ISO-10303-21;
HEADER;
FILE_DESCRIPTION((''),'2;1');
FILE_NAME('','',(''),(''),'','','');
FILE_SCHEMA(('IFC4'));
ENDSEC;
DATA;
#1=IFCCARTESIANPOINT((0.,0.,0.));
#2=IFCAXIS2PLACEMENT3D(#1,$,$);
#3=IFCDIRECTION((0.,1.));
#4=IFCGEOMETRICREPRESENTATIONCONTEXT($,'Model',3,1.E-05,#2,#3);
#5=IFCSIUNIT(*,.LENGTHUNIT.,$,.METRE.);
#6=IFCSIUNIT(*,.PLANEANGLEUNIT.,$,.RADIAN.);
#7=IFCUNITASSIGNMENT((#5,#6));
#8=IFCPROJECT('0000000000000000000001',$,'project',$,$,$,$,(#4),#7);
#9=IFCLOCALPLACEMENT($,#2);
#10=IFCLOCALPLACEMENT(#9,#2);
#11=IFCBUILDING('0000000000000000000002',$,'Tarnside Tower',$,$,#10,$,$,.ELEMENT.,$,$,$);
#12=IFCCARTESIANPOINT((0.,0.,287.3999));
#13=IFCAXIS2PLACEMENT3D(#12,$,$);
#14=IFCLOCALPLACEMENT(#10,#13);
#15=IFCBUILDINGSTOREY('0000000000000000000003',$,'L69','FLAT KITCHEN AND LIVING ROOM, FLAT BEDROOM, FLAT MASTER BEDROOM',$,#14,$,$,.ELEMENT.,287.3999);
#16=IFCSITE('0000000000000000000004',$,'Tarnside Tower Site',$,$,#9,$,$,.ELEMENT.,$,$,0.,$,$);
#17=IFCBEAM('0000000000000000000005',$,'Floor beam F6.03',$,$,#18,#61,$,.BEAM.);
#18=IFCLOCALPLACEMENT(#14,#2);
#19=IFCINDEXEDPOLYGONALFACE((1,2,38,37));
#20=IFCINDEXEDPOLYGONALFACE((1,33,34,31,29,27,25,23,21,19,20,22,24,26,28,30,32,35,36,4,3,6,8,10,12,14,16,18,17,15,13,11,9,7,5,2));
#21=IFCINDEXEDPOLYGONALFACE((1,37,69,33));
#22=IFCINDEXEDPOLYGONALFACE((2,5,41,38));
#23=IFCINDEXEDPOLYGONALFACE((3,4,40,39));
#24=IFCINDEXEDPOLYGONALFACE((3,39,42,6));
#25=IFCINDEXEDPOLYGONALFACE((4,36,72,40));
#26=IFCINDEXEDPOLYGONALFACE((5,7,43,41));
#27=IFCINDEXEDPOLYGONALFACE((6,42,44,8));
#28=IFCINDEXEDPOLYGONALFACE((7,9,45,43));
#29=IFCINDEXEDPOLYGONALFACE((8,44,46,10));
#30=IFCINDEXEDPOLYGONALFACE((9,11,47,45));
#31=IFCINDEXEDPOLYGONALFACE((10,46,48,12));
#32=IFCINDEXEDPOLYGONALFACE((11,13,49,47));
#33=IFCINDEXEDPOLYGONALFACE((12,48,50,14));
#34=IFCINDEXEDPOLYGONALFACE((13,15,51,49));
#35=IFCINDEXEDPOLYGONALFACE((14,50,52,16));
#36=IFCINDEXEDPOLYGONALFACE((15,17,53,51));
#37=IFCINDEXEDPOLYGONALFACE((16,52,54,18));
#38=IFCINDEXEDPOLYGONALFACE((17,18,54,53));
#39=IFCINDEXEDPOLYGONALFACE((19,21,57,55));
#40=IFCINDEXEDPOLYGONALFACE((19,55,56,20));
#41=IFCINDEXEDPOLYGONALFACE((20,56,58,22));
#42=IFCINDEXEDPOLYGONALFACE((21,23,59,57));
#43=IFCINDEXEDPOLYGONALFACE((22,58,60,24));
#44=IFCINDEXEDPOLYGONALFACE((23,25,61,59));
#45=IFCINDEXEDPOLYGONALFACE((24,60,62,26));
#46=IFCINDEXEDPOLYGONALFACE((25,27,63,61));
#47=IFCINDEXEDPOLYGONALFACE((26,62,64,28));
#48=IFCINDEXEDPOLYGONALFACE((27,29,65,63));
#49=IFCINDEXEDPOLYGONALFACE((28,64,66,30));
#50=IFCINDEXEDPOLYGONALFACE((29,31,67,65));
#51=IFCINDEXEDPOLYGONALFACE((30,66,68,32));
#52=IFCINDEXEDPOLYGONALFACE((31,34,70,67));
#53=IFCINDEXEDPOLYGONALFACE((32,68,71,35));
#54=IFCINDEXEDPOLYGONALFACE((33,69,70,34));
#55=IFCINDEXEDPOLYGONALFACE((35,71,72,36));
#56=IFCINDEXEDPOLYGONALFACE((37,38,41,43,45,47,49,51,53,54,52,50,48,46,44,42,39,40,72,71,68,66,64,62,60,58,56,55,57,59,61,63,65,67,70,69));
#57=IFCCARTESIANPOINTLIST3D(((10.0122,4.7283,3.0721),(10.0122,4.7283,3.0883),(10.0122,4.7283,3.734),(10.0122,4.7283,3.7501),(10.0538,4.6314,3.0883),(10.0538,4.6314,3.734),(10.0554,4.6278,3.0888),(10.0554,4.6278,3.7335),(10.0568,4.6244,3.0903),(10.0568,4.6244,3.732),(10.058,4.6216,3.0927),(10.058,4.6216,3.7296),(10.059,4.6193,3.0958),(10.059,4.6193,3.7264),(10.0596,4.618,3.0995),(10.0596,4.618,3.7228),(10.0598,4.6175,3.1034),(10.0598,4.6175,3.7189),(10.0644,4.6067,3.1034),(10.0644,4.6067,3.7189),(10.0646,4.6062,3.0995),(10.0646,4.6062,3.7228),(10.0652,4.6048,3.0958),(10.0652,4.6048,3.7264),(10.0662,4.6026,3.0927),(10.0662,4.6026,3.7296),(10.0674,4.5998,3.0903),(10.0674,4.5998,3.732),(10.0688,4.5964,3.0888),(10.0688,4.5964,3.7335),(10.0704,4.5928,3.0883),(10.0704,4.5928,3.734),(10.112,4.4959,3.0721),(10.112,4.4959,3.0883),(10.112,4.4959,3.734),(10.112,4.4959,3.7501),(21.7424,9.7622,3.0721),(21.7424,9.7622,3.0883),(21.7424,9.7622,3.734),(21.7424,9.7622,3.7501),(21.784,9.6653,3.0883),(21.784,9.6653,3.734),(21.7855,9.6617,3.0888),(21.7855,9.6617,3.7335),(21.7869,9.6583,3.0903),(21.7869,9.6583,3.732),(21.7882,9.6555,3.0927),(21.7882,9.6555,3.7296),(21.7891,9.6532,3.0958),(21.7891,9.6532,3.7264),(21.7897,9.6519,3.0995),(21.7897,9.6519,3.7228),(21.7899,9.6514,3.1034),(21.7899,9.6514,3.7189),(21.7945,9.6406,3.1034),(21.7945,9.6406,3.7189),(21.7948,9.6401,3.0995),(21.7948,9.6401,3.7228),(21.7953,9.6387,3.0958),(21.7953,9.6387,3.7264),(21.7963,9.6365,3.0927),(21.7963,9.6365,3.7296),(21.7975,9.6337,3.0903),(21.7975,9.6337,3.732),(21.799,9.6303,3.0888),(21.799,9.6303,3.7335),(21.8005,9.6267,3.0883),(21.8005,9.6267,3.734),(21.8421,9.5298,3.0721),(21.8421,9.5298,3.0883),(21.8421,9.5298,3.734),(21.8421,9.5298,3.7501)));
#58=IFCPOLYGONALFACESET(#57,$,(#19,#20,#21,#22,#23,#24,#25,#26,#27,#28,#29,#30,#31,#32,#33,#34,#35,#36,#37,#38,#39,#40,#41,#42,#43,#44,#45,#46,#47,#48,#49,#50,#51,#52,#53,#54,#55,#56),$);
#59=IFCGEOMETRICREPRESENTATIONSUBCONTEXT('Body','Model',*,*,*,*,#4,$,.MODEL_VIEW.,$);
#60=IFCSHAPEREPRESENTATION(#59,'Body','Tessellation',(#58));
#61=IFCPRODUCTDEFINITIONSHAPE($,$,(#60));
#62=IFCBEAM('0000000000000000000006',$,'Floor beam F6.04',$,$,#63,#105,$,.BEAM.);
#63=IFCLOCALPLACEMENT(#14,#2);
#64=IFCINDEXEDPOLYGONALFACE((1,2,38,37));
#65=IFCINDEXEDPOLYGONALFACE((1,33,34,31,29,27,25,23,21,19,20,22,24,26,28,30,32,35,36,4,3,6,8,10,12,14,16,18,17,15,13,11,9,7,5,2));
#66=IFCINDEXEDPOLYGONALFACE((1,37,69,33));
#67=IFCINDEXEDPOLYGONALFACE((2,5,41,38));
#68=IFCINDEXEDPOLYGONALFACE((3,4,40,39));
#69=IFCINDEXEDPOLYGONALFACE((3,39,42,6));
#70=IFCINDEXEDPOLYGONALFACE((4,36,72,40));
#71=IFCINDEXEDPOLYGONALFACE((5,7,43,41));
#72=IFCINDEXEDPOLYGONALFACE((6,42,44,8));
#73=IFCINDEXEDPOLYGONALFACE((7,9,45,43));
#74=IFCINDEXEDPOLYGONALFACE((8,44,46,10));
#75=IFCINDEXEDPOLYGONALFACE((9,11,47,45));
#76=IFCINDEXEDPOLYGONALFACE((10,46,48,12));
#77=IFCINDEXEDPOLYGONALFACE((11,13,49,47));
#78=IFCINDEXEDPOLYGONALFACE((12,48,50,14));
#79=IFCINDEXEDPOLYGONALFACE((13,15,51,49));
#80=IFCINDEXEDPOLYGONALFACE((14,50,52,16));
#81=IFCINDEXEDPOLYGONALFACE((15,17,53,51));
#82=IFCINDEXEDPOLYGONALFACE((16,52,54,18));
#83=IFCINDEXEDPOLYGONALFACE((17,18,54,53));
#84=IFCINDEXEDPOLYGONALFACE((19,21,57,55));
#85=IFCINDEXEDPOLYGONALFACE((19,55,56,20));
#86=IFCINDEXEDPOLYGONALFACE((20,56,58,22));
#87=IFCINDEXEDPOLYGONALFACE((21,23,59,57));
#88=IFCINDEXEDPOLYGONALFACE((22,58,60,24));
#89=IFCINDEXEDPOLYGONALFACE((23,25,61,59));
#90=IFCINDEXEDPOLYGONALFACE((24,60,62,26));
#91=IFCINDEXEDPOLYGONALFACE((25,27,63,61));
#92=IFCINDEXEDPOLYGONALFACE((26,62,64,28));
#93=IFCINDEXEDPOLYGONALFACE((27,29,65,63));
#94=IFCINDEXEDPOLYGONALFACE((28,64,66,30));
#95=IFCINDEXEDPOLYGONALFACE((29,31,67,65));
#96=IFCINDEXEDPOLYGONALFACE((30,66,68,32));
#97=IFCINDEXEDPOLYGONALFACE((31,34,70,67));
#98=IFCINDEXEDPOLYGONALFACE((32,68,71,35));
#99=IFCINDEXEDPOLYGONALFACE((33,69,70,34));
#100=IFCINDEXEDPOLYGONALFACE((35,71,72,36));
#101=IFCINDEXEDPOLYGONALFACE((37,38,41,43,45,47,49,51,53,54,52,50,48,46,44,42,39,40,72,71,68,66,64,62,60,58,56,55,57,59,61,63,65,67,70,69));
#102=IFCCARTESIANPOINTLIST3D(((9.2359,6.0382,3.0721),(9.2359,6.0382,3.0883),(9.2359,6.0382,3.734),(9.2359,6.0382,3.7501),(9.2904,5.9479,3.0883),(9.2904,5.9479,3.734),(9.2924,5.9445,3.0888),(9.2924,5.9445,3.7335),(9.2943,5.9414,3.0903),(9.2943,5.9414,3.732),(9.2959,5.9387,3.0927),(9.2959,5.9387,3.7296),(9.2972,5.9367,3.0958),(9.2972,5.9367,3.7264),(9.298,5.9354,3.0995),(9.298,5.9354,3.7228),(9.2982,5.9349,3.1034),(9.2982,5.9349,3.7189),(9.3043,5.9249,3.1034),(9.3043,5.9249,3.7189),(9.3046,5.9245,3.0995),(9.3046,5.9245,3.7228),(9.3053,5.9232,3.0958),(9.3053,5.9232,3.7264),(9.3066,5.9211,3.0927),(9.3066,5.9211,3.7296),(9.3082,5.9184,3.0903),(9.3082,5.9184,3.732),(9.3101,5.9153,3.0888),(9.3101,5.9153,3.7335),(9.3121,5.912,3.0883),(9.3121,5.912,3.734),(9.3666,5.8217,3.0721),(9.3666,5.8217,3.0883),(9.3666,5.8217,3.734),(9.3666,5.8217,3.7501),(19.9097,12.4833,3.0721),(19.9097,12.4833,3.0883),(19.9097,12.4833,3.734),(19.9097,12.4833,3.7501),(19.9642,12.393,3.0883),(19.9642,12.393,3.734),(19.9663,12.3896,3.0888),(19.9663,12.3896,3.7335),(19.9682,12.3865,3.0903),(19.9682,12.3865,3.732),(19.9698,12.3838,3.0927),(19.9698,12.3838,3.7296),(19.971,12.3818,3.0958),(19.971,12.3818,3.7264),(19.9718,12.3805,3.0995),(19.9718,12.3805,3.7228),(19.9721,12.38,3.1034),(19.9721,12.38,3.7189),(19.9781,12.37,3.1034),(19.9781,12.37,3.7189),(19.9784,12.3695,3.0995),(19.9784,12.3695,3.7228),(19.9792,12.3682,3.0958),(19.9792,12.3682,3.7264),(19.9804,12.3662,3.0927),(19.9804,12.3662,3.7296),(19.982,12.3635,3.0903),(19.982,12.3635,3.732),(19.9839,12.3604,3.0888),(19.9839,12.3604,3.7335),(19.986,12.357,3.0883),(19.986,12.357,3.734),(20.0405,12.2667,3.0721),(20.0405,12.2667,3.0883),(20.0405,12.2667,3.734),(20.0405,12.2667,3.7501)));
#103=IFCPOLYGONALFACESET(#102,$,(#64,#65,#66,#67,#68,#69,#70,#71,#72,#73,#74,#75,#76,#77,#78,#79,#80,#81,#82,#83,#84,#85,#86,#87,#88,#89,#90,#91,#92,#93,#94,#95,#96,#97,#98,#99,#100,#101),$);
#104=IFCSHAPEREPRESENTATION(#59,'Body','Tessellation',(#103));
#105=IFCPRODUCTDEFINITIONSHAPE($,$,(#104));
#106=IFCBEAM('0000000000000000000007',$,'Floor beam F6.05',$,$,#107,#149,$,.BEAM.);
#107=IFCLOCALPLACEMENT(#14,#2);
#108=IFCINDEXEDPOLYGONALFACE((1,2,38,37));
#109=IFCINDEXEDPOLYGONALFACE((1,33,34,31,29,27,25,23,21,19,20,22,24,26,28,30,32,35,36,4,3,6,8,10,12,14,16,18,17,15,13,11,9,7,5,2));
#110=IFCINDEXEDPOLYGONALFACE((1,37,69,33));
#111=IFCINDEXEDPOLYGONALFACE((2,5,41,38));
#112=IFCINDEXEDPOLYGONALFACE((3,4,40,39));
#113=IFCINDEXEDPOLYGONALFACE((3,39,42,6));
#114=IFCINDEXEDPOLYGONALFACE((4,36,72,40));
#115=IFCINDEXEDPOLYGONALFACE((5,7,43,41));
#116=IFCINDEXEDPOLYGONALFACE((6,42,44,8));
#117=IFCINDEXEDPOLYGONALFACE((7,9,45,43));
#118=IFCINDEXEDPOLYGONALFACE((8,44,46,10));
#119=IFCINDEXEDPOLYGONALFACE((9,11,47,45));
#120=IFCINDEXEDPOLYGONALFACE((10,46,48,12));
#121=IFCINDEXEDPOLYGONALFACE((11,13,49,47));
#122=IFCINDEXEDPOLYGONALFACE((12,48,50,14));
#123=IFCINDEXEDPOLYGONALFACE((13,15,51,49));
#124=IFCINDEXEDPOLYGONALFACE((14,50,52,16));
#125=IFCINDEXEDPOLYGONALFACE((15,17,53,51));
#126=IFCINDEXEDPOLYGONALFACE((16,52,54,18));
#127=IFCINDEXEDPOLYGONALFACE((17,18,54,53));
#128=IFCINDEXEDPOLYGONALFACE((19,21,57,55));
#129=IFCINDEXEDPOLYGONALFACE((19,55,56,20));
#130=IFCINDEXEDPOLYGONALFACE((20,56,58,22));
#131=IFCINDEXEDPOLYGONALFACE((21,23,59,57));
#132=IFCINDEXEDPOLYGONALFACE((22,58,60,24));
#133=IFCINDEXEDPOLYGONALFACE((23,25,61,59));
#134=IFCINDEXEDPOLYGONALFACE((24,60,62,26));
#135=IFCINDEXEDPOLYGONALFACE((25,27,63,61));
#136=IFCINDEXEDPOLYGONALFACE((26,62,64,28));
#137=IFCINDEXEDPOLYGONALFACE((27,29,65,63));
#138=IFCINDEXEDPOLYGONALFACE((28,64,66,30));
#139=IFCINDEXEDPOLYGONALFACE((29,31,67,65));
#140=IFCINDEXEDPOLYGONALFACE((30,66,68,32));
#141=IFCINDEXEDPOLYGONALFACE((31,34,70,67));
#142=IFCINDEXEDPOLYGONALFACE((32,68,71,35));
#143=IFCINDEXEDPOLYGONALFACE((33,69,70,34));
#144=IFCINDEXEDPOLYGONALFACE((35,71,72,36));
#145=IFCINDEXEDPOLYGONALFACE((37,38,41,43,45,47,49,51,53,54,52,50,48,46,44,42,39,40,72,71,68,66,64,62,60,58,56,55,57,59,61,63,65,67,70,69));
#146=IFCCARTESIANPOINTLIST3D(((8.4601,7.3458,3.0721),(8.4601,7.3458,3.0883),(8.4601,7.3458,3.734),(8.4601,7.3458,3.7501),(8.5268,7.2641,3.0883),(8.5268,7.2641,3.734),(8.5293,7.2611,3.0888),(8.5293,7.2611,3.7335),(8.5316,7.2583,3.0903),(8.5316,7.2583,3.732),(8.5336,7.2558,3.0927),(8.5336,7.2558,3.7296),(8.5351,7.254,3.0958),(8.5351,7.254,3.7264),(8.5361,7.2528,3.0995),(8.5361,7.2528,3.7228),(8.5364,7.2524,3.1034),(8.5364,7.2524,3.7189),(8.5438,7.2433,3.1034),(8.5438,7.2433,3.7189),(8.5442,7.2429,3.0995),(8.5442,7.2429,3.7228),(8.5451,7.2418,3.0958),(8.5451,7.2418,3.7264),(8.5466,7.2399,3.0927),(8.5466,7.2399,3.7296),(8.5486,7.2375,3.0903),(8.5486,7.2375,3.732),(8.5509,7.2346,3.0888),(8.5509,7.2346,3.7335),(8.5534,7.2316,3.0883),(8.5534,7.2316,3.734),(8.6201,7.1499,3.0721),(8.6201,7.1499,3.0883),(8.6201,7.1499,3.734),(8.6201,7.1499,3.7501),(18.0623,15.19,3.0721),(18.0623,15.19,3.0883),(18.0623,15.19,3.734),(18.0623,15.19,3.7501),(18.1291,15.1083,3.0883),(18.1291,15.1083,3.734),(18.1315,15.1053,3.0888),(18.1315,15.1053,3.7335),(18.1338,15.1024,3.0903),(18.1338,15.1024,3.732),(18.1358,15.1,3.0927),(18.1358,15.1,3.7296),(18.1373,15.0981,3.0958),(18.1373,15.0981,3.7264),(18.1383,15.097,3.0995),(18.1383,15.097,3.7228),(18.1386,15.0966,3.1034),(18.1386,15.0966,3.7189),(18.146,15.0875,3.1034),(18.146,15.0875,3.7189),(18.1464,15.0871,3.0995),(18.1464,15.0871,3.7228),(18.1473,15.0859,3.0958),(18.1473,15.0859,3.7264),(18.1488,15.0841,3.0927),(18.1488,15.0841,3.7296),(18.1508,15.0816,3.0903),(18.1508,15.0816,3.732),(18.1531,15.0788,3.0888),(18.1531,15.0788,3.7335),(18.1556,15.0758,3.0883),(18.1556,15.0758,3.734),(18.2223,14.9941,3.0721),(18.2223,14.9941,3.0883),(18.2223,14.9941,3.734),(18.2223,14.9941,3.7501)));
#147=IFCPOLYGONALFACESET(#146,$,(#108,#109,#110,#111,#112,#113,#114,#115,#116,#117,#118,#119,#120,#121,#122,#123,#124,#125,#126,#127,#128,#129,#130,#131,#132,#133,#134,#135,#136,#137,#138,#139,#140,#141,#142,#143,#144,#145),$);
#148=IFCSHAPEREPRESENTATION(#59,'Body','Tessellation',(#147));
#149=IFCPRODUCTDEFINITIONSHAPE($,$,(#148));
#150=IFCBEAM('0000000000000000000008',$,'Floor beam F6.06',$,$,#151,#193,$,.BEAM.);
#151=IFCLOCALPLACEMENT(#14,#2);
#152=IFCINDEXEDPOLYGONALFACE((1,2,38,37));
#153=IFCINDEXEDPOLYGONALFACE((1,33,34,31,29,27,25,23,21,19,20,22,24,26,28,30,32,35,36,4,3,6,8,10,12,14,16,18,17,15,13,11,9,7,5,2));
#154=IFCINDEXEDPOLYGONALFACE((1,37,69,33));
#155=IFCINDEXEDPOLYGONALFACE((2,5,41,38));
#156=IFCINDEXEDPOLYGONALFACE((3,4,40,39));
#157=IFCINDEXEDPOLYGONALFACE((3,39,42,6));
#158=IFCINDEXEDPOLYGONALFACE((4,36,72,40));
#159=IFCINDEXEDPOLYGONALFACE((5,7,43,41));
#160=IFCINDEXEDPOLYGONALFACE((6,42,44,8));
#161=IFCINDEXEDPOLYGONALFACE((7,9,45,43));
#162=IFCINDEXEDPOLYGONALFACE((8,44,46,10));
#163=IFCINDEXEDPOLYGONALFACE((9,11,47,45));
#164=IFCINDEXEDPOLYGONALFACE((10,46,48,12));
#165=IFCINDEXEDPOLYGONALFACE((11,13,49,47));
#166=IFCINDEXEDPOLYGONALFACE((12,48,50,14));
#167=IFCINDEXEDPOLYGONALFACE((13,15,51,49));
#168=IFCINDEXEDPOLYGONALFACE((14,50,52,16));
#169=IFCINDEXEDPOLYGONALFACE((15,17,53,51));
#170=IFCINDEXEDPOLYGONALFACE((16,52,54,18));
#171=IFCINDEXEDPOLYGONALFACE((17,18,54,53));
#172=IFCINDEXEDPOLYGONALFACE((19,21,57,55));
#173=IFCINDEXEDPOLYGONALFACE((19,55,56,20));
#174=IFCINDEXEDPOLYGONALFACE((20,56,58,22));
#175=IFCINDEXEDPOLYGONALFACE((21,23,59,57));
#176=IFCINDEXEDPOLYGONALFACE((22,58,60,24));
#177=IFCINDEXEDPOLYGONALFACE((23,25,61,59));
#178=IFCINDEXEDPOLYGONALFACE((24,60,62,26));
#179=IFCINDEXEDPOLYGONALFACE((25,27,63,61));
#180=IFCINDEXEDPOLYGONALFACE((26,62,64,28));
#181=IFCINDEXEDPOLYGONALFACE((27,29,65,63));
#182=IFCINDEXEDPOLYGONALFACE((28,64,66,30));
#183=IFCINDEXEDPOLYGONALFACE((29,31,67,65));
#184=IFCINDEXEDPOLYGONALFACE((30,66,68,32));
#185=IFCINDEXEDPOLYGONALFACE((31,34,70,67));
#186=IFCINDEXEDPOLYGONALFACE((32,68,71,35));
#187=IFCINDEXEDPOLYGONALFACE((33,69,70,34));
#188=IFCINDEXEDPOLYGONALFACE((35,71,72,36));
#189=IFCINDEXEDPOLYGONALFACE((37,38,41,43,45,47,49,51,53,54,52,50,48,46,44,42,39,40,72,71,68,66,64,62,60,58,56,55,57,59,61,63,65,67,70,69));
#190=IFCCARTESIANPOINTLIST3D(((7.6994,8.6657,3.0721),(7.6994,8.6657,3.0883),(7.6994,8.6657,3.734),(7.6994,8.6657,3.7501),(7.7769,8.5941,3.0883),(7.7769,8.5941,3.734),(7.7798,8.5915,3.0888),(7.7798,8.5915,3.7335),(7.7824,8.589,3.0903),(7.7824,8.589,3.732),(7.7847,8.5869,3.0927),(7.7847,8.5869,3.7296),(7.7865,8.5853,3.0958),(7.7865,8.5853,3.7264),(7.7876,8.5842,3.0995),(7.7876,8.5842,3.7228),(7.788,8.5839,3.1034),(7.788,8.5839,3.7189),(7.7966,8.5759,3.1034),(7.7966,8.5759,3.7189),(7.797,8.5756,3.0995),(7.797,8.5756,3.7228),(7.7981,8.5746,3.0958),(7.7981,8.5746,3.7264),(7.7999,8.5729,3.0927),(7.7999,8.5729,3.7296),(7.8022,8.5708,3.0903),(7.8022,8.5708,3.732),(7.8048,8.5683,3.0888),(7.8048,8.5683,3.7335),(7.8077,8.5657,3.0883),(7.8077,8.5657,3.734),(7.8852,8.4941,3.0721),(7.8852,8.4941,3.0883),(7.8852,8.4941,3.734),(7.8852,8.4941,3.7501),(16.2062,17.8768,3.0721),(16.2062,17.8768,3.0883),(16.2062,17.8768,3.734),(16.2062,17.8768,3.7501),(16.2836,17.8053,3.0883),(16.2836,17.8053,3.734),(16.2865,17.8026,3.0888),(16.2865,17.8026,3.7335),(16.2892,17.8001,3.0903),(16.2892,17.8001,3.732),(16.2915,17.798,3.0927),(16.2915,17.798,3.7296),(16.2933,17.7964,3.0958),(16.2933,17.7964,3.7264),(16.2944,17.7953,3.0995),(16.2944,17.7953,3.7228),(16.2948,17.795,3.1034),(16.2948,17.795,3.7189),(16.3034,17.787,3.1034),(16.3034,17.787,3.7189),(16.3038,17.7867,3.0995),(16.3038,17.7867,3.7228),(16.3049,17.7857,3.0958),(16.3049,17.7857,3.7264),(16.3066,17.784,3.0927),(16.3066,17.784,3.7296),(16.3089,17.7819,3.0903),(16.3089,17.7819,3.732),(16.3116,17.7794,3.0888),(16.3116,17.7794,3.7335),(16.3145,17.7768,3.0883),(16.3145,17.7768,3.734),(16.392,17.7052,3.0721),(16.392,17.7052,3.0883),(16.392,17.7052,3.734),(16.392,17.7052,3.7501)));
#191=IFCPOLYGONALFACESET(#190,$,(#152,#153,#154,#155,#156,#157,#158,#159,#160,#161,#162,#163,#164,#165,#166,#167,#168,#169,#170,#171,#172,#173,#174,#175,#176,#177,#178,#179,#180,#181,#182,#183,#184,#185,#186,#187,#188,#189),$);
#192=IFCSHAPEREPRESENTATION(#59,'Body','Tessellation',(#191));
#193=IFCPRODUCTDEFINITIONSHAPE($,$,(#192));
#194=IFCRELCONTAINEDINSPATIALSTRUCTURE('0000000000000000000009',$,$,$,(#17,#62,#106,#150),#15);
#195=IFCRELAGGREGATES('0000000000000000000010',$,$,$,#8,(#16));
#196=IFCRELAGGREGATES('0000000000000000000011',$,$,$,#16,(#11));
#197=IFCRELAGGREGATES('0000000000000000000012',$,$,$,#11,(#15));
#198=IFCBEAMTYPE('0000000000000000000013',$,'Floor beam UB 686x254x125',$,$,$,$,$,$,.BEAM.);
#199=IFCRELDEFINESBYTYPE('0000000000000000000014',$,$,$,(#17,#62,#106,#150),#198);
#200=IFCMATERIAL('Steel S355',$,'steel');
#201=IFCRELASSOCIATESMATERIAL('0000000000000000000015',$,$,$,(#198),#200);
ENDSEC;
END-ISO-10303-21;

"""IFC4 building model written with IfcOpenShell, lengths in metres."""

from ifc_helpers import new_model, si_unit, direction, frame, origin, origin_2d, place, context, subcontext, project, spatial, i_section, extrude, material, material_profile, profile_set, type_object, element, save


model = new_model("IFC4")

# Units and contexts
model_context = context("Model", 3, precision=1e-05, world=origin(), true_north=direction((0.0, 1.0)))
body_context = subcontext(model_context, "Body", "Model", "MODEL_VIEW")
ifc_project = project(units=[si_unit("LENGTHUNIT", "METRE"), si_unit("PLANEANGLEUNIT", "RADIAN")], contexts=[model_context])

# Site, building, storey
site_placement = place(None, origin())
site = spatial("IfcSite", under=ifc_project, at=site_placement, Name="Tarnside Tower Site", CompositionType="ELEMENT", RefElevation=0.0)
building_placement = place(site_placement, origin())
building = spatial("IfcBuilding", under=site, at=building_placement, Name="Tarnside Tower", CompositionType="ELEMENT")
storey_placement = place(building_placement, frame((0.0, 0.0, 287.3999)))
storey = spatial("IfcBuildingStorey", under=building, at=storey_placement, Name="L69", Description="FLAT KITCHEN AND LIVING ROOM, FLAT BEDROOM, FLAT MASTER BEDROOM", CompositionType="ELEMENT", Elevation=287.3999)

# Beams
ifc_material_1 = material(Name="Steel S355", Category="steel")
ifc_material_profile_1 = material_profile(ifc_material_1, i_section(OverallWidth=0.2529, OverallDepth=0.678, WebThickness=0.0117, FlangeThickness=0.0161, FilletRadius=0.0151, at=origin_2d()), Name="UB 686x254x125")
ifc_profile_set_1 = profile_set([ifc_material_profile_1], Name="Steel S355")
beam_type_1 = type_object("IfcBeamType", Name="Floor beam UB 686x254x125", PredefinedType="BEAM", material=ifc_profile_set_1)
beam_1_placement = place(storey_placement, frame((21.7922, 9.646, 3.4111), z_axis=(-0.918955, -0.394362, 0.0), x_axis=(0.394362, -0.918955, 0.0)))
element("IfcBeam", 1, at=beam_1_placement, inside=storey, type_object=beam_type_1, Name="Floor beam F6.03", PredefinedType="BEAM", context=body_context, shape_type="SweptSolid", body=[
    extrude(i_section(OverallWidth=0.2529, OverallDepth=0.678, WebThickness=0.0117, FlangeThickness=0.0161, FilletRadius=0.0151, at=origin_2d()), origin(), (0.0, 0.0, 1.0), 12.7646),
])
beam_2_placement = place(storey_placement, frame((19.9751, 12.375, 3.4111), z_axis=(-0.856047, -0.516898, 0.0), x_axis=(0.516898, -0.856047, 0.0)))
element("IfcBeam", 2, at=beam_2_placement, inside=storey, type_object=beam_type_1, Name="Floor beam F6.04", PredefinedType="BEAM", context=body_context, shape_type="SweptSolid", body=[
    extrude(i_section(OverallWidth=0.2529, OverallDepth=0.678, WebThickness=0.0117, FlangeThickness=0.0161, FilletRadius=0.0151, at=origin_2d()), origin(), (0.0, 0.0, 1.0), 12.4688),
])
beam_3_placement = place(storey_placement, frame((18.1423, 15.092, 3.4111), z_axis=(-0.774439, -0.632649, 0.0), x_axis=(0.632649, -0.774439, 0.0)))
element("IfcBeam", 3, at=beam_3_placement, inside=storey, type_object=beam_type_1, Name="Floor beam F6.05", PredefinedType="BEAM", context=body_context, shape_type="SweptSolid", body=[
    extrude(i_section(OverallWidth=0.2529, OverallDepth=0.678, WebThickness=0.0117, FlangeThickness=0.0161, FilletRadius=0.0151, at=origin_2d()), origin(), (0.0, 0.0, 1.0), 12.3989),
])
beam_4_placement = place(storey_placement, frame((16.2991, 17.791, 3.4111), z_axis=(-0.678461, -0.734636, 0.0), x_axis=(0.734636, -0.678461, 0.0)))
element("IfcBeam", 4, at=beam_4_placement, inside=storey, type_object=beam_type_1, Name="Floor beam F6.06", PredefinedType="BEAM", context=body_context, shape_type="SweptSolid", body=[
    extrude(i_section(OverallWidth=0.2529, OverallDepth=0.678, WebThickness=0.0117, FlangeThickness=0.0161, FilletRadius=0.0151, at=origin_2d()), origin(), (0.0, 0.0, 1.0), 12.5383),
])

save(model, "model.ifc")
